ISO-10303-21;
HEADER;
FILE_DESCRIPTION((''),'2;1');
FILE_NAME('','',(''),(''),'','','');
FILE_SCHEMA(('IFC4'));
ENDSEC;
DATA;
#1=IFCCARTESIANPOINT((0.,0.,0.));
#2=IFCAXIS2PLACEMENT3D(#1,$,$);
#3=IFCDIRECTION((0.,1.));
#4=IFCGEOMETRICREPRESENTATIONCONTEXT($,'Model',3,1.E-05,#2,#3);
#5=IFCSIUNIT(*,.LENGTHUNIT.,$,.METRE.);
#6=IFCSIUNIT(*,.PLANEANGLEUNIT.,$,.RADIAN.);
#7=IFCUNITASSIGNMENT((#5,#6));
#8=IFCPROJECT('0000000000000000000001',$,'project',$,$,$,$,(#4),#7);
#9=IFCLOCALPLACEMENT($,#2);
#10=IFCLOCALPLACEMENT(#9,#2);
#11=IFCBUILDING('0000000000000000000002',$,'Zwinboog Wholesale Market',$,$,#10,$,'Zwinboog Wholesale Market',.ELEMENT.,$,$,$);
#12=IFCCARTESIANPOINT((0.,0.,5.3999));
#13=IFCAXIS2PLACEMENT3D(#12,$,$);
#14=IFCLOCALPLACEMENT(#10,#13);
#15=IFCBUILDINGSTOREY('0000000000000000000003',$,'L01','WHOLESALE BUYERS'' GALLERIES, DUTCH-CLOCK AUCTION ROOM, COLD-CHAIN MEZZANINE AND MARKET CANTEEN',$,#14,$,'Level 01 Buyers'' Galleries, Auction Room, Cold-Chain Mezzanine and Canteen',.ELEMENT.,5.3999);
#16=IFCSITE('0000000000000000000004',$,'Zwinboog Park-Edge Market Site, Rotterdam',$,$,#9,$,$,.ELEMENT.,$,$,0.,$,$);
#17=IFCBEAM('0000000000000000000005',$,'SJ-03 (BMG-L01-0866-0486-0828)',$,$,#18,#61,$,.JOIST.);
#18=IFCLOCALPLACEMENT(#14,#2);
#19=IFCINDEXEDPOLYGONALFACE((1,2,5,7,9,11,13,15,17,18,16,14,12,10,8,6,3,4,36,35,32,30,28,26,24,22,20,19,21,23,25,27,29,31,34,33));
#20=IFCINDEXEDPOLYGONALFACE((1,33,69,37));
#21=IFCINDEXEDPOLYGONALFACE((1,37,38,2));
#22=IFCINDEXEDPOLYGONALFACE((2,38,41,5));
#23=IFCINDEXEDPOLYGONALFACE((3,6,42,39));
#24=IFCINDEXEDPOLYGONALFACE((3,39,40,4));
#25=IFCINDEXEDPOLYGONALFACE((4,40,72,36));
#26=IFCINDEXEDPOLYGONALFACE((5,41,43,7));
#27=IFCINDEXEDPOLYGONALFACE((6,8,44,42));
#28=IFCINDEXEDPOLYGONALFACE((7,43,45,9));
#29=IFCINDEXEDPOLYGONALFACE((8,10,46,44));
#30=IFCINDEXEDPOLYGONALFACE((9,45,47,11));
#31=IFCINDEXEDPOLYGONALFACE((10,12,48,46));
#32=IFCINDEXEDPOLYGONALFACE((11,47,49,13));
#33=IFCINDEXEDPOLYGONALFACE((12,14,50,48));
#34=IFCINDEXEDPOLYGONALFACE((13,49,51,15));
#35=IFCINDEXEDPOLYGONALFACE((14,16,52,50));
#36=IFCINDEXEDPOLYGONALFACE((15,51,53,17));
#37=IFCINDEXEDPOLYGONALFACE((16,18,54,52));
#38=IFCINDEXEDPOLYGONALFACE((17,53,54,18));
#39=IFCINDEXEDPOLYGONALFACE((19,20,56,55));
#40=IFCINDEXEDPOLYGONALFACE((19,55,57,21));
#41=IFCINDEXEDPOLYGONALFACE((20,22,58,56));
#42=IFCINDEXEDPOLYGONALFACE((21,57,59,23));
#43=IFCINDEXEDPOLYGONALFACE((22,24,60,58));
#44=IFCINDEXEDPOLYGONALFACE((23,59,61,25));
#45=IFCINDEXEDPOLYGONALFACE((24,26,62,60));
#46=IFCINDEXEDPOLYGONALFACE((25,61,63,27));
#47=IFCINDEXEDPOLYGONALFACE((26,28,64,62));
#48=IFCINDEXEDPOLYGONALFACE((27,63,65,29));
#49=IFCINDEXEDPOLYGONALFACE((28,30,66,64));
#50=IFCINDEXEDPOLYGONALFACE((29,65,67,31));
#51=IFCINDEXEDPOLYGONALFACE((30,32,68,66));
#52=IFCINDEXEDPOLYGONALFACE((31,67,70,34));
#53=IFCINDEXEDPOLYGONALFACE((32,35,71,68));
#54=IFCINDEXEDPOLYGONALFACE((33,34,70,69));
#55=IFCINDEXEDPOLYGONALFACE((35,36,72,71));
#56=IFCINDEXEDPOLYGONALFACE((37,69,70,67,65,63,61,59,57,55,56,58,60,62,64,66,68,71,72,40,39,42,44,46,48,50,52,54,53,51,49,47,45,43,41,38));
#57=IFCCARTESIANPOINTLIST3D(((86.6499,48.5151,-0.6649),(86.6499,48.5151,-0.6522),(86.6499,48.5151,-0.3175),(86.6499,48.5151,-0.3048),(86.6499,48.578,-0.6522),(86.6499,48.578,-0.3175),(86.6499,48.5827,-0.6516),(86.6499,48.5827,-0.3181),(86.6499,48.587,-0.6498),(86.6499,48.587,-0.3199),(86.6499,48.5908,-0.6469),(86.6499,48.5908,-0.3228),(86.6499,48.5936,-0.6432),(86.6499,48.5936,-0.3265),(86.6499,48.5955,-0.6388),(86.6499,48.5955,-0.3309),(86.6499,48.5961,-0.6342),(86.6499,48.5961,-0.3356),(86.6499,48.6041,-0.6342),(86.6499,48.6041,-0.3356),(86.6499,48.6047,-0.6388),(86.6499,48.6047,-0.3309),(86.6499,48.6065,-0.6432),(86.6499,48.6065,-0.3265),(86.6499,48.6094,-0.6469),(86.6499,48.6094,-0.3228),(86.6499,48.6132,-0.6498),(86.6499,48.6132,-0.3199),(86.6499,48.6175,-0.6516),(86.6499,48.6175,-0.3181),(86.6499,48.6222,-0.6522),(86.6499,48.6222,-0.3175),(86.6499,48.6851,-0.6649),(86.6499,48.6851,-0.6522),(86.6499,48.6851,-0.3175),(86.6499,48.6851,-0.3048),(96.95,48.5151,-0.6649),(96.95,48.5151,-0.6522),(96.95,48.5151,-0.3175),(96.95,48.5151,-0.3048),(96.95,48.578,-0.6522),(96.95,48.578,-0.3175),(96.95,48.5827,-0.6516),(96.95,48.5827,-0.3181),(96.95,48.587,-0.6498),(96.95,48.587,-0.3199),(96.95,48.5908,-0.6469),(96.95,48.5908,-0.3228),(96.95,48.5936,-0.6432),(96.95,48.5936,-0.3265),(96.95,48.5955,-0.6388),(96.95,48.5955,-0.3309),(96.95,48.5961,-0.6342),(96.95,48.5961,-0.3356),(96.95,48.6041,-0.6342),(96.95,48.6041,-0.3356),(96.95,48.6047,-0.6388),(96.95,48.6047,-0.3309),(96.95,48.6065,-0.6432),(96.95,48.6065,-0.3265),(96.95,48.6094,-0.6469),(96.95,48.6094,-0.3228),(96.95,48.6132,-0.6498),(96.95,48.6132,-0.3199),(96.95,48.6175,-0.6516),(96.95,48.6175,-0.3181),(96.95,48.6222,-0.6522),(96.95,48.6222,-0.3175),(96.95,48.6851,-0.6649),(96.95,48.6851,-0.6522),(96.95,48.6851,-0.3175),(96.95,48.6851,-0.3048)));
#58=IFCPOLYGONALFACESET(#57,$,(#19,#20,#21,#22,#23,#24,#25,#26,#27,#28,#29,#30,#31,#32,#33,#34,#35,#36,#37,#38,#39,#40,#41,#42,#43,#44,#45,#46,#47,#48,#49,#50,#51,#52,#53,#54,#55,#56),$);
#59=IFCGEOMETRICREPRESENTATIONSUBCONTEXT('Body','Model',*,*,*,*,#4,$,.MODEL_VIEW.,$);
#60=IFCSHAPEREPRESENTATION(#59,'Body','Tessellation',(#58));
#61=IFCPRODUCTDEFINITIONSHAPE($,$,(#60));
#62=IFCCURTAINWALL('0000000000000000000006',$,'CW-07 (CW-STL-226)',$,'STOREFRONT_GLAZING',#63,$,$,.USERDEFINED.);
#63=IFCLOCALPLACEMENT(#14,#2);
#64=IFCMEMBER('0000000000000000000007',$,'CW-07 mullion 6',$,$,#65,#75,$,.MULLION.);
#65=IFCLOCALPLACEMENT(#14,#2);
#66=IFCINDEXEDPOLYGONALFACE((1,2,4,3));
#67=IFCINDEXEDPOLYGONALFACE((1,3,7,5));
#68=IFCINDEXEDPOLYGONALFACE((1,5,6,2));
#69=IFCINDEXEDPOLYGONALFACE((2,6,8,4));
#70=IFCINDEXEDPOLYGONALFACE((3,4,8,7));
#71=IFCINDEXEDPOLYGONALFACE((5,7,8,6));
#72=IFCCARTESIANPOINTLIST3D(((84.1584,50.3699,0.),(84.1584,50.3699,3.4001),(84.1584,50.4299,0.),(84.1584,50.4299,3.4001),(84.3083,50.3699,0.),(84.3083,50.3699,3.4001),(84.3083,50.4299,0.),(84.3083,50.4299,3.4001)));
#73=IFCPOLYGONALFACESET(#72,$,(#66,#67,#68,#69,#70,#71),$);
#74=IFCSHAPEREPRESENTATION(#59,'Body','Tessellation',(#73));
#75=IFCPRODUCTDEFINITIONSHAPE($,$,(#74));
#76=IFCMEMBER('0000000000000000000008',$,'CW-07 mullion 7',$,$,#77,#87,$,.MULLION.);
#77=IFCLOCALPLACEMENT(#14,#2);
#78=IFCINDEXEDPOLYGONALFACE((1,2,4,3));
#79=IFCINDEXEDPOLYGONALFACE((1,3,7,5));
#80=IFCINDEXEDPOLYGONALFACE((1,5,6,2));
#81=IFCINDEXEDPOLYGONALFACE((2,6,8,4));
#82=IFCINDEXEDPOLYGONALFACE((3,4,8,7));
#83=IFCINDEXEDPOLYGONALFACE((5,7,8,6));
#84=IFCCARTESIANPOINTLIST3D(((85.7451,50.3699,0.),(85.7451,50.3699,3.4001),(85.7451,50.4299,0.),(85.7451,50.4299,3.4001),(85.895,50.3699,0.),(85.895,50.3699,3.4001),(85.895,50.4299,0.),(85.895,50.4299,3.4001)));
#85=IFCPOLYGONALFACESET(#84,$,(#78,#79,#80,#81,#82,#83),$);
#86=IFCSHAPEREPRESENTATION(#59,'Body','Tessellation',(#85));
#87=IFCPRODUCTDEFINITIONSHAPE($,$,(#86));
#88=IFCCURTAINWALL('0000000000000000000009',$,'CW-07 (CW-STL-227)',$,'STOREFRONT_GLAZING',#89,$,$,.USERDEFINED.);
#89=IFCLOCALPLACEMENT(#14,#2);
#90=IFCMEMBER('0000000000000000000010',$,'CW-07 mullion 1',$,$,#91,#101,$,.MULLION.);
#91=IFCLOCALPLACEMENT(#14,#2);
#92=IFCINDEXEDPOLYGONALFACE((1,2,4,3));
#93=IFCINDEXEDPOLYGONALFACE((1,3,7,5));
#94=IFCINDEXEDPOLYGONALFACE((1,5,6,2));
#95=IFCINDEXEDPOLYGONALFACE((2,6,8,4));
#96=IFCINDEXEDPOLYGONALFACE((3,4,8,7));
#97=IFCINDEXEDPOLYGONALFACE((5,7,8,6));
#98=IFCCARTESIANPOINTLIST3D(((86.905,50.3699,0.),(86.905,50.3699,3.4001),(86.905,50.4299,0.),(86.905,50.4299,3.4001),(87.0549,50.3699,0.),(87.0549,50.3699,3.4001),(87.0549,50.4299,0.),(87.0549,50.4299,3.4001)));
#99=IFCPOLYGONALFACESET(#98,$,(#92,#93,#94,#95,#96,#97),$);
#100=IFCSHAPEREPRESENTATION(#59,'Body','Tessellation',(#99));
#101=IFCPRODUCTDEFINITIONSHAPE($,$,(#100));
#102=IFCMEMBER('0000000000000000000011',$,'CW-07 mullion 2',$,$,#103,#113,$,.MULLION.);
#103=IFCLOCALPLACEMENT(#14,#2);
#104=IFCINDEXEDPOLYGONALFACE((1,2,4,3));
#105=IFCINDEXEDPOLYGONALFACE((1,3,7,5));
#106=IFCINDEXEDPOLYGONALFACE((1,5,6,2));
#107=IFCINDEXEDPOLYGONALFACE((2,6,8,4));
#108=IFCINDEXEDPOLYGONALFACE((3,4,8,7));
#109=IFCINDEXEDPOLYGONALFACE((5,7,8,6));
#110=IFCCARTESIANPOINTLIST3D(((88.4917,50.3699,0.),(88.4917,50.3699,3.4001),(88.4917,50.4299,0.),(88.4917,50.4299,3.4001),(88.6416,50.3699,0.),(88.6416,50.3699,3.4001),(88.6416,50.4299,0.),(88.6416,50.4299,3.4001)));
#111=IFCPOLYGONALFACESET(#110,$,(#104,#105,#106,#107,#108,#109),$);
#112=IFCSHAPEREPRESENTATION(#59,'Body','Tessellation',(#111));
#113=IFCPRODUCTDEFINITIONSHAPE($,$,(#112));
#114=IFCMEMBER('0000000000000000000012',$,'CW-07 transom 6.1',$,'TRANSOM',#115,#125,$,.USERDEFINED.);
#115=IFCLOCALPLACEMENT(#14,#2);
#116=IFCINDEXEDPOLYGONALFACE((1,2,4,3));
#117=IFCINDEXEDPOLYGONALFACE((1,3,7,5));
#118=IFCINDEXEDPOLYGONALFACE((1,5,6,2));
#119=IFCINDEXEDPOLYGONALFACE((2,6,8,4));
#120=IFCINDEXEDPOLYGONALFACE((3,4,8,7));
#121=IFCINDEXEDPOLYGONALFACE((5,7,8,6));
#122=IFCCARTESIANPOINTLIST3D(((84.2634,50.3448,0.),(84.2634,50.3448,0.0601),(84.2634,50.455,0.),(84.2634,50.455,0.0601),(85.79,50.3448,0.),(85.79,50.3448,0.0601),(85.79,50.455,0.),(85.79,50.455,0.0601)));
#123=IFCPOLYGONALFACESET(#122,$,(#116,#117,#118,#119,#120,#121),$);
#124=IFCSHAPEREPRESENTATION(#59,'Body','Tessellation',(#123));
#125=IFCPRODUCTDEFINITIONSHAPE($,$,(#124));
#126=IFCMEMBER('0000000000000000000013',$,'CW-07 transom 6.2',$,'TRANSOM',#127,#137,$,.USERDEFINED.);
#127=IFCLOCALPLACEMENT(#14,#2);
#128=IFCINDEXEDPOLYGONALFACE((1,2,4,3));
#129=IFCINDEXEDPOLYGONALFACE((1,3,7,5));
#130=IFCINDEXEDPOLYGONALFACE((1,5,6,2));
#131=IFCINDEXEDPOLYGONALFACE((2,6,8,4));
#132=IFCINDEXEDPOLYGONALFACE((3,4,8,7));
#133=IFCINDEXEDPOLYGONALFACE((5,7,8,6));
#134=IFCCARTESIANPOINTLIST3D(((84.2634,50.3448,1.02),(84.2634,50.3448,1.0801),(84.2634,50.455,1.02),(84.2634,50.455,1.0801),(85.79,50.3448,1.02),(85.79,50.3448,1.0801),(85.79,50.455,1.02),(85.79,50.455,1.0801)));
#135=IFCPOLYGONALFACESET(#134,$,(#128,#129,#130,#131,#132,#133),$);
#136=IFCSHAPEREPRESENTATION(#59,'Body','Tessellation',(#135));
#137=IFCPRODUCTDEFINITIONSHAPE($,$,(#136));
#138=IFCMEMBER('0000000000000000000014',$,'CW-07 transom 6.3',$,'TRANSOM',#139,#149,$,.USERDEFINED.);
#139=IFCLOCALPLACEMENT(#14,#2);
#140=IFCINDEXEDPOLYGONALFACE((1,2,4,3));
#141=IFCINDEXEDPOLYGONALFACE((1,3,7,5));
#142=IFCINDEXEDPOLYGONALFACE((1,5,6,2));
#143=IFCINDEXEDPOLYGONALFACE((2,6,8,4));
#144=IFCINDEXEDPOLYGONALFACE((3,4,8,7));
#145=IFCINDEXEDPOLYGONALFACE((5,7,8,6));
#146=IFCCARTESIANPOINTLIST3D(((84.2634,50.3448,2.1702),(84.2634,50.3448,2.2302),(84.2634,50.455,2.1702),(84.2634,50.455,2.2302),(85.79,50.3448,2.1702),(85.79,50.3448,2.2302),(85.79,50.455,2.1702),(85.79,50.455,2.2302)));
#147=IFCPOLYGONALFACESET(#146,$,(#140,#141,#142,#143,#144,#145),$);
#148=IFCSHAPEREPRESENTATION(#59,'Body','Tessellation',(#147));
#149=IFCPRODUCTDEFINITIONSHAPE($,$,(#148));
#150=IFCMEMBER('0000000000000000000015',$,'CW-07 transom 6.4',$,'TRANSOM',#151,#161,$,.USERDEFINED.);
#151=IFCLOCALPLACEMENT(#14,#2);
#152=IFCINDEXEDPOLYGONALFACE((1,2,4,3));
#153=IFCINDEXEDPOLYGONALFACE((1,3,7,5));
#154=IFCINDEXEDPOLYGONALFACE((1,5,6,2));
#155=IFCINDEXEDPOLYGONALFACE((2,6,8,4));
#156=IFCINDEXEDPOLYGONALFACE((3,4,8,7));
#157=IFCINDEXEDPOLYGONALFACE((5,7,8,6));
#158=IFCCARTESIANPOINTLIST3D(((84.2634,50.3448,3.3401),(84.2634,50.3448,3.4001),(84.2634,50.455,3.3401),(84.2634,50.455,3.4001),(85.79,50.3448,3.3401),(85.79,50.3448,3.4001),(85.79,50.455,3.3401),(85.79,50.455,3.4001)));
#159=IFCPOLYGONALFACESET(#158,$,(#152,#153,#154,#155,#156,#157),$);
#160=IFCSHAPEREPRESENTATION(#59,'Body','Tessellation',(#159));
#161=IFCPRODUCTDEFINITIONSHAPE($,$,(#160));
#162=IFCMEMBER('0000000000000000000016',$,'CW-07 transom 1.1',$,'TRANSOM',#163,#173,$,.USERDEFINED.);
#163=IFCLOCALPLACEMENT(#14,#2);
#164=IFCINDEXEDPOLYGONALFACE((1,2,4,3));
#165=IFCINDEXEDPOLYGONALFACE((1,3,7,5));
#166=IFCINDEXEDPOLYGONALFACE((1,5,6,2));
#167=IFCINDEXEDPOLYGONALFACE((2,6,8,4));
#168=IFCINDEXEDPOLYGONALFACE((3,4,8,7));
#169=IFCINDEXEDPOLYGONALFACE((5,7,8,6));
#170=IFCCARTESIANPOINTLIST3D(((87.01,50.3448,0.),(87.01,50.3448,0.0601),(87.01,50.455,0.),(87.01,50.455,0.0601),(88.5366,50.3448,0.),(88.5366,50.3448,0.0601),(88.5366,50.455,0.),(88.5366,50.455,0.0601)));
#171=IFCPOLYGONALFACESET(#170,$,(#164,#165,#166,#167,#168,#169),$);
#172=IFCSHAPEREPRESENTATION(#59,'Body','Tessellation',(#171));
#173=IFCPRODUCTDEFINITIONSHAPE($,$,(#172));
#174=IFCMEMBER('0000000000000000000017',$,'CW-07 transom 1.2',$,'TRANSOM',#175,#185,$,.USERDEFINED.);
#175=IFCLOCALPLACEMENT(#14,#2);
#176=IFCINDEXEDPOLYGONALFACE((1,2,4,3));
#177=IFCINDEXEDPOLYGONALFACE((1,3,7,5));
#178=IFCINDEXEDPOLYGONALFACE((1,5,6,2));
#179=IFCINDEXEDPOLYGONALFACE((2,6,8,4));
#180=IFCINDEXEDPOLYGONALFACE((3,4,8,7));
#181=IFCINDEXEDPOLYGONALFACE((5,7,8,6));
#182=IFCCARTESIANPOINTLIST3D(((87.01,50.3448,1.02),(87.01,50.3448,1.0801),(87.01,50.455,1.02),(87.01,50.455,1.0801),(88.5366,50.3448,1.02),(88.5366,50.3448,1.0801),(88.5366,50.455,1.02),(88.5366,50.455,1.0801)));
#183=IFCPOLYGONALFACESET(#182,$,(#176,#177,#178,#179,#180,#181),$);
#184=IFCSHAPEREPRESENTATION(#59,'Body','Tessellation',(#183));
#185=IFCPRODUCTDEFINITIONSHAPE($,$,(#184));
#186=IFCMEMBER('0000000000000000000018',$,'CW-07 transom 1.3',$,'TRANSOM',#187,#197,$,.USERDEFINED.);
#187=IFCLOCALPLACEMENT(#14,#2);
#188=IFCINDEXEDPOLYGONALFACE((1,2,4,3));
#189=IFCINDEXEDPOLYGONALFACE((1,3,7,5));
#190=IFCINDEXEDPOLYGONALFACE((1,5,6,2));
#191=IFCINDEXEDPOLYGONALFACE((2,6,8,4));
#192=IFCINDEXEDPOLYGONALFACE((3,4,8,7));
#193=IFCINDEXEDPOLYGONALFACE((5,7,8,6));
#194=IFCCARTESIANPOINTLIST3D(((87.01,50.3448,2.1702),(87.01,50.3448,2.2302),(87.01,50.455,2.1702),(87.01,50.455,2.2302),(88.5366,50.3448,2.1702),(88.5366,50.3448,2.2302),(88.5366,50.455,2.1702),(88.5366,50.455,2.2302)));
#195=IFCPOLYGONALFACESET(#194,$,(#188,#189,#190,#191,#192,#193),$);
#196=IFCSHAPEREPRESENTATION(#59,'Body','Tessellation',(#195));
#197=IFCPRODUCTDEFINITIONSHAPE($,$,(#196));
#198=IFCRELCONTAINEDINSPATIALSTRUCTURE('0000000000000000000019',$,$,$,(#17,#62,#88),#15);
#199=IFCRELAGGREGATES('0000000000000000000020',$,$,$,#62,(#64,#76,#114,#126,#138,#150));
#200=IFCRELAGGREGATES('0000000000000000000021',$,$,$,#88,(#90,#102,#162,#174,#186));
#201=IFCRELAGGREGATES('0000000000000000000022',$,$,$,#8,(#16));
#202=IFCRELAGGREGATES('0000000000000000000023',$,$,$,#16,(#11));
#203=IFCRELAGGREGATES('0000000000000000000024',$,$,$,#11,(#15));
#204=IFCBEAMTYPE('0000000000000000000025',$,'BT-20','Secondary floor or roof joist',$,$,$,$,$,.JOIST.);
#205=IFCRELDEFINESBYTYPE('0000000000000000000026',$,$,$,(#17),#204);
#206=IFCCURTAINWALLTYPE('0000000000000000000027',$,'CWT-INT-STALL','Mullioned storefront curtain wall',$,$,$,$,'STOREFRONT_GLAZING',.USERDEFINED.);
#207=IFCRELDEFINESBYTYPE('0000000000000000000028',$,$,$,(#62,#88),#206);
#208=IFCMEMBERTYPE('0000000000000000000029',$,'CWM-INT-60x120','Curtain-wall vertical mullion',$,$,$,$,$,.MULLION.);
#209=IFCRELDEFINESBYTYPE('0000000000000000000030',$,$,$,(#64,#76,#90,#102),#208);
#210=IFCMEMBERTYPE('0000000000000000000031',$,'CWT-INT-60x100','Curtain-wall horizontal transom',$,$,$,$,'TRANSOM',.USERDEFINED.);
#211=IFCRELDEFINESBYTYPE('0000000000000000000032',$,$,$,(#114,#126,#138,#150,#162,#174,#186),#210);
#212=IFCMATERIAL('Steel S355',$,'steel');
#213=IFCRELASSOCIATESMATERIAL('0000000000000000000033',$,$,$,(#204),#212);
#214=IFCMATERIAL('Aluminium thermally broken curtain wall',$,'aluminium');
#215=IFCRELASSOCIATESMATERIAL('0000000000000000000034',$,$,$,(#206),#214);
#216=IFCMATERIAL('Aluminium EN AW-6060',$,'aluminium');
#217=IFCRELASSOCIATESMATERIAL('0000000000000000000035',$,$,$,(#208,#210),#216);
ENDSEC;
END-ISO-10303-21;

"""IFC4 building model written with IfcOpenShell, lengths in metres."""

from ifc_helpers import new_model, si_unit, direction, frame, origin, origin_2d, place, context, subcontext, project, spatial, rectangle, i_section, extrude, material, material_profile, profile_set, type_object, element, aggregate, save


model = new_model("IFC4")

# Units and contexts
model_context = context("Model", 3, precision=1e-05, world=origin(), true_north=direction((0.0, 1.0)))
body_context = subcontext(model_context, "Body", "Model", "MODEL_VIEW")
ifc_project = project(units=[si_unit("LENGTHUNIT", "METRE"), si_unit("PLANEANGLEUNIT", "RADIAN")], contexts=[model_context])

# Site, building, storey
site_placement = place(None, origin())
site = spatial("IfcSite", under=ifc_project, at=site_placement, Name="Zwinboog Park-Edge Market Site, Rotterdam", CompositionType="ELEMENT", RefElevation=0.0)
building_placement = place(site_placement, origin())
building = spatial("IfcBuilding", under=site, at=building_placement, Name="Zwinboog Wholesale Market", LongName="Zwinboog Wholesale Market", CompositionType="ELEMENT")
storey_placement = place(building_placement, frame((0.0, 0.0, 5.3999)))
storey = spatial("IfcBuildingStorey", under=building, at=storey_placement, Name="L01", Description="WHOLESALE BUYERS' GALLERIES, DUTCH-CLOCK AUCTION ROOM, COLD-CHAIN MEZZANINE AND MARKET CANTEEN", LongName="Level 01 Buyers' Galleries, Auction Room, Cold-Chain Mezzanine and Canteen", CompositionType="ELEMENT", Elevation=5.3999)

# Beam
ifc_material_1 = material(Name="Steel S355", Category="steel")
ifc_material_profile_1 = material_profile(ifc_material_1, i_section(OverallWidth=0.1699, OverallDepth=0.3601, WebThickness=0.0081, FlangeThickness=0.0127, FilletRadius=0.0181, at=origin_2d()), Name="IPE 360")
ifc_profile_set_1 = profile_set([ifc_material_profile_1], Name="Steel S355")
beam_type = type_object("IfcBeamType", Name="BT-20", Description="Secondary floor or roof joist", PredefinedType="JOIST", material=ifc_profile_set_1)
beam_placement = place(storey_placement, frame((86.6499, 48.6001, -0.4849), z_axis=(1.0, 0.0, 0.0), x_axis=(0.0, 1.0, 0.0)))
element("IfcBeam", 1, at=beam_placement, inside=storey, type_object=beam_type, Name="SJ-03 (BMG-L01-0866-0486-0828)", PredefinedType="JOIST", context=body_context, shape_type="SweptSolid", body=[
    extrude(i_section(OverallWidth=0.1699, OverallDepth=0.3601, WebThickness=0.0081, FlangeThickness=0.0127, FilletRadius=0.0181, at=origin_2d()), origin(), (0.0, 0.0, 1.0), 10.3),
])

# Curtain walls, members
ifc_material_2 = material(Name="Aluminium thermally broken curtain wall", Category="aluminium")
curtain_wall_type_1 = type_object("IfcCurtainWallType", Name="CWT-INT-STALL", Description="Mullioned storefront curtain wall", ElementType="STOREFRONT_GLAZING", PredefinedType="USERDEFINED", material=ifc_material_2)
curtain_wall_1_placement = place(storey_placement, origin())
curtain_wall_1 = element("IfcCurtainWall", 2, at=curtain_wall_1_placement, inside=storey, type_object=curtain_wall_type_1, Name="CW-07 (CW-STL-226)", ObjectType="STOREFRONT_GLAZING", PredefinedType="USERDEFINED")
ifc_material_3 = material(Name="Aluminium EN AW-6060", Category="aluminium")
ifc_material_profile_2 = material_profile(ifc_material_3, rectangle(XDim=0.0601, YDim=0.1499, at=origin_2d()), Name="AL 60x150")
ifc_profile_set_2 = profile_set([ifc_material_profile_2], Name="Aluminium EN AW-6060")
member_type_1 = type_object("IfcMemberType", Name="CWM-INT-60x120", Description="Curtain-wall vertical mullion", PredefinedType="MULLION", material=ifc_profile_set_2)
member_1_placement = place(storey_placement, frame((84.2334, 50.3999, 0.0), z_axis=(0.0, 0.0, 1.0), x_axis=(0.0, 1.0, 0.0)))
member_1 = element("IfcMember", 3, at=member_1_placement, type_object=member_type_1, Name="CW-07 mullion 6", PredefinedType="MULLION", context=body_context, shape_type="SweptSolid", body=[
    extrude(rectangle(XDim=0.0601, YDim=0.1499, at=origin_2d()), origin(), (0.0, 0.0, 1.0), 3.4001),
])
member_2_placement = place(storey_placement, frame((85.8201, 50.3999, 0.0), z_axis=(0.0, 0.0, 1.0), x_axis=(0.0, 1.0, 0.0)))
member_2 = element("IfcMember", 4, at=member_2_placement, type_object=member_type_1, Name="CW-07 mullion 7", PredefinedType="MULLION", context=body_context, shape_type="SweptSolid", body=[
    extrude(rectangle(XDim=0.0601, YDim=0.1499, at=origin_2d()), origin(), (0.0, 0.0, 1.0), 3.4001),
])
curtain_wall_2_placement = place(storey_placement, origin())
curtain_wall_2 = element("IfcCurtainWall", 5, at=curtain_wall_2_placement, inside=storey, type_object=curtain_wall_type_1, Name="CW-07 (CW-STL-227)", ObjectType="STOREFRONT_GLAZING", PredefinedType="USERDEFINED")
member_3_placement = place(storey_placement, frame((86.98, 50.3999, 0.0), z_axis=(0.0, 0.0, 1.0), x_axis=(0.0, 1.0, 0.0)))
member_3 = element("IfcMember", 6, at=member_3_placement, type_object=member_type_1, Name="CW-07 mullion 1", PredefinedType="MULLION", context=body_context, shape_type="SweptSolid", body=[
    extrude(rectangle(XDim=0.0601, YDim=0.1499, at=origin_2d()), origin(), (0.0, 0.0, 1.0), 3.4001),
])
member_4_placement = place(storey_placement, frame((88.5667, 50.3999, 0.0), z_axis=(0.0, 0.0, 1.0), x_axis=(0.0, 1.0, 0.0)))
member_4 = element("IfcMember", 7, at=member_4_placement, type_object=member_type_1, Name="CW-07 mullion 2", PredefinedType="MULLION", context=body_context, shape_type="SweptSolid", body=[
    extrude(rectangle(XDim=0.0601, YDim=0.1499, at=origin_2d()), origin(), (0.0, 0.0, 1.0), 3.4001),
])

# Members
ifc_material_profile_3 = material_profile(ifc_material_3, rectangle(XDim=0.1101, YDim=0.0601, at=origin_2d()), Name="AL 60x110")
ifc_profile_set_3 = profile_set([ifc_material_profile_3], Name="Aluminium EN AW-6060")
member_type_2 = type_object("IfcMemberType", Name="CWT-INT-60x100", Description="Curtain-wall horizontal transom", ElementType="TRANSOM", PredefinedType="USERDEFINED", material=ifc_profile_set_3)
member_5_placement = place(storey_placement, frame((84.2634, 50.3999, 0.03), z_axis=(1.0, 0.0, 0.0), x_axis=(0.0, 1.0, 0.0)))
member_5 = element("IfcMember", 8, at=member_5_placement, type_object=member_type_2, Name="CW-07 transom 6.1", ObjectType="TRANSOM", PredefinedType="USERDEFINED", context=body_context, shape_type="SweptSolid", body=[
    extrude(rectangle(XDim=0.1101, YDim=0.0601, at=origin_2d()), origin(), (0.0, 0.0, 1.0), 1.5266),
])
member_6_placement = place(storey_placement, frame((84.2634, 50.3999, 1.05), z_axis=(1.0, 0.0, 0.0), x_axis=(0.0, 1.0, 0.0)))
member_6 = element("IfcMember", 9, at=member_6_placement, type_object=member_type_2, Name="CW-07 transom 6.2", ObjectType="TRANSOM", PredefinedType="USERDEFINED", context=body_context, shape_type="SweptSolid", body=[
    extrude(rectangle(XDim=0.1101, YDim=0.0601, at=origin_2d()), origin(), (0.0, 0.0, 1.0), 1.5266),
])
member_7_placement = place(storey_placement, frame((84.2634, 50.3999, 2.2002), z_axis=(1.0, 0.0, 0.0), x_axis=(0.0, 1.0, 0.0)))
member_7 = element("IfcMember", 10, at=member_7_placement, type_object=member_type_2, Name="CW-07 transom 6.3", ObjectType="TRANSOM", PredefinedType="USERDEFINED", context=body_context, shape_type="SweptSolid", body=[
    extrude(rectangle(XDim=0.1101, YDim=0.0601, at=origin_2d()), origin(), (0.0, 0.0, 1.0), 1.5266),
])
member_8_placement = place(storey_placement, frame((84.2634, 50.3999, 3.3701), z_axis=(1.0, 0.0, 0.0), x_axis=(0.0, 1.0, 0.0)))
member_8 = element("IfcMember", 11, at=member_8_placement, type_object=member_type_2, Name="CW-07 transom 6.4", ObjectType="TRANSOM", PredefinedType="USERDEFINED", context=body_context, shape_type="SweptSolid", body=[
    extrude(rectangle(XDim=0.1101, YDim=0.0601, at=origin_2d()), origin(), (0.0, 0.0, 1.0), 1.5266),
])
member_9_placement = place(storey_placement, frame((87.01, 50.3999, 0.03), z_axis=(1.0, 0.0, 0.0), x_axis=(0.0, 1.0, 0.0)))
member_9 = element("IfcMember", 12, at=member_9_placement, type_object=member_type_2, Name="CW-07 transom 1.1", ObjectType="TRANSOM", PredefinedType="USERDEFINED", context=body_context, shape_type="SweptSolid", body=[
    extrude(rectangle(XDim=0.1101, YDim=0.0601, at=origin_2d()), origin(), (0.0, 0.0, 1.0), 1.5266),
])
member_10_placement = place(storey_placement, frame((87.01, 50.3999, 1.05), z_axis=(1.0, 0.0, 0.0), x_axis=(0.0, 1.0, 0.0)))
member_10 = element("IfcMember", 13, at=member_10_placement, type_object=member_type_2, Name="CW-07 transom 1.2", ObjectType="TRANSOM", PredefinedType="USERDEFINED", context=body_context, shape_type="SweptSolid", body=[
    extrude(rectangle(XDim=0.1101, YDim=0.0601, at=origin_2d()), origin(), (0.0, 0.0, 1.0), 1.5266),
])
member_11_placement = place(storey_placement, frame((87.01, 50.3999, 2.2002), z_axis=(1.0, 0.0, 0.0), x_axis=(0.0, 1.0, 0.0)))
member_11 = element("IfcMember", 14, at=member_11_placement, type_object=member_type_2, Name="CW-07 transom 1.3", ObjectType="TRANSOM", PredefinedType="USERDEFINED", context=body_context, shape_type="SweptSolid", body=[
    extrude(rectangle(XDim=0.1101, YDim=0.0601, at=origin_2d()), origin(), (0.0, 0.0, 1.0), 1.5266),
])

aggregate(curtain_wall_1, [member_1, member_2, member_5, member_6, member_7, member_8])
aggregate(curtain_wall_2, [member_3, member_4, member_9, member_10, member_11])

save(model, "model.ifc")
